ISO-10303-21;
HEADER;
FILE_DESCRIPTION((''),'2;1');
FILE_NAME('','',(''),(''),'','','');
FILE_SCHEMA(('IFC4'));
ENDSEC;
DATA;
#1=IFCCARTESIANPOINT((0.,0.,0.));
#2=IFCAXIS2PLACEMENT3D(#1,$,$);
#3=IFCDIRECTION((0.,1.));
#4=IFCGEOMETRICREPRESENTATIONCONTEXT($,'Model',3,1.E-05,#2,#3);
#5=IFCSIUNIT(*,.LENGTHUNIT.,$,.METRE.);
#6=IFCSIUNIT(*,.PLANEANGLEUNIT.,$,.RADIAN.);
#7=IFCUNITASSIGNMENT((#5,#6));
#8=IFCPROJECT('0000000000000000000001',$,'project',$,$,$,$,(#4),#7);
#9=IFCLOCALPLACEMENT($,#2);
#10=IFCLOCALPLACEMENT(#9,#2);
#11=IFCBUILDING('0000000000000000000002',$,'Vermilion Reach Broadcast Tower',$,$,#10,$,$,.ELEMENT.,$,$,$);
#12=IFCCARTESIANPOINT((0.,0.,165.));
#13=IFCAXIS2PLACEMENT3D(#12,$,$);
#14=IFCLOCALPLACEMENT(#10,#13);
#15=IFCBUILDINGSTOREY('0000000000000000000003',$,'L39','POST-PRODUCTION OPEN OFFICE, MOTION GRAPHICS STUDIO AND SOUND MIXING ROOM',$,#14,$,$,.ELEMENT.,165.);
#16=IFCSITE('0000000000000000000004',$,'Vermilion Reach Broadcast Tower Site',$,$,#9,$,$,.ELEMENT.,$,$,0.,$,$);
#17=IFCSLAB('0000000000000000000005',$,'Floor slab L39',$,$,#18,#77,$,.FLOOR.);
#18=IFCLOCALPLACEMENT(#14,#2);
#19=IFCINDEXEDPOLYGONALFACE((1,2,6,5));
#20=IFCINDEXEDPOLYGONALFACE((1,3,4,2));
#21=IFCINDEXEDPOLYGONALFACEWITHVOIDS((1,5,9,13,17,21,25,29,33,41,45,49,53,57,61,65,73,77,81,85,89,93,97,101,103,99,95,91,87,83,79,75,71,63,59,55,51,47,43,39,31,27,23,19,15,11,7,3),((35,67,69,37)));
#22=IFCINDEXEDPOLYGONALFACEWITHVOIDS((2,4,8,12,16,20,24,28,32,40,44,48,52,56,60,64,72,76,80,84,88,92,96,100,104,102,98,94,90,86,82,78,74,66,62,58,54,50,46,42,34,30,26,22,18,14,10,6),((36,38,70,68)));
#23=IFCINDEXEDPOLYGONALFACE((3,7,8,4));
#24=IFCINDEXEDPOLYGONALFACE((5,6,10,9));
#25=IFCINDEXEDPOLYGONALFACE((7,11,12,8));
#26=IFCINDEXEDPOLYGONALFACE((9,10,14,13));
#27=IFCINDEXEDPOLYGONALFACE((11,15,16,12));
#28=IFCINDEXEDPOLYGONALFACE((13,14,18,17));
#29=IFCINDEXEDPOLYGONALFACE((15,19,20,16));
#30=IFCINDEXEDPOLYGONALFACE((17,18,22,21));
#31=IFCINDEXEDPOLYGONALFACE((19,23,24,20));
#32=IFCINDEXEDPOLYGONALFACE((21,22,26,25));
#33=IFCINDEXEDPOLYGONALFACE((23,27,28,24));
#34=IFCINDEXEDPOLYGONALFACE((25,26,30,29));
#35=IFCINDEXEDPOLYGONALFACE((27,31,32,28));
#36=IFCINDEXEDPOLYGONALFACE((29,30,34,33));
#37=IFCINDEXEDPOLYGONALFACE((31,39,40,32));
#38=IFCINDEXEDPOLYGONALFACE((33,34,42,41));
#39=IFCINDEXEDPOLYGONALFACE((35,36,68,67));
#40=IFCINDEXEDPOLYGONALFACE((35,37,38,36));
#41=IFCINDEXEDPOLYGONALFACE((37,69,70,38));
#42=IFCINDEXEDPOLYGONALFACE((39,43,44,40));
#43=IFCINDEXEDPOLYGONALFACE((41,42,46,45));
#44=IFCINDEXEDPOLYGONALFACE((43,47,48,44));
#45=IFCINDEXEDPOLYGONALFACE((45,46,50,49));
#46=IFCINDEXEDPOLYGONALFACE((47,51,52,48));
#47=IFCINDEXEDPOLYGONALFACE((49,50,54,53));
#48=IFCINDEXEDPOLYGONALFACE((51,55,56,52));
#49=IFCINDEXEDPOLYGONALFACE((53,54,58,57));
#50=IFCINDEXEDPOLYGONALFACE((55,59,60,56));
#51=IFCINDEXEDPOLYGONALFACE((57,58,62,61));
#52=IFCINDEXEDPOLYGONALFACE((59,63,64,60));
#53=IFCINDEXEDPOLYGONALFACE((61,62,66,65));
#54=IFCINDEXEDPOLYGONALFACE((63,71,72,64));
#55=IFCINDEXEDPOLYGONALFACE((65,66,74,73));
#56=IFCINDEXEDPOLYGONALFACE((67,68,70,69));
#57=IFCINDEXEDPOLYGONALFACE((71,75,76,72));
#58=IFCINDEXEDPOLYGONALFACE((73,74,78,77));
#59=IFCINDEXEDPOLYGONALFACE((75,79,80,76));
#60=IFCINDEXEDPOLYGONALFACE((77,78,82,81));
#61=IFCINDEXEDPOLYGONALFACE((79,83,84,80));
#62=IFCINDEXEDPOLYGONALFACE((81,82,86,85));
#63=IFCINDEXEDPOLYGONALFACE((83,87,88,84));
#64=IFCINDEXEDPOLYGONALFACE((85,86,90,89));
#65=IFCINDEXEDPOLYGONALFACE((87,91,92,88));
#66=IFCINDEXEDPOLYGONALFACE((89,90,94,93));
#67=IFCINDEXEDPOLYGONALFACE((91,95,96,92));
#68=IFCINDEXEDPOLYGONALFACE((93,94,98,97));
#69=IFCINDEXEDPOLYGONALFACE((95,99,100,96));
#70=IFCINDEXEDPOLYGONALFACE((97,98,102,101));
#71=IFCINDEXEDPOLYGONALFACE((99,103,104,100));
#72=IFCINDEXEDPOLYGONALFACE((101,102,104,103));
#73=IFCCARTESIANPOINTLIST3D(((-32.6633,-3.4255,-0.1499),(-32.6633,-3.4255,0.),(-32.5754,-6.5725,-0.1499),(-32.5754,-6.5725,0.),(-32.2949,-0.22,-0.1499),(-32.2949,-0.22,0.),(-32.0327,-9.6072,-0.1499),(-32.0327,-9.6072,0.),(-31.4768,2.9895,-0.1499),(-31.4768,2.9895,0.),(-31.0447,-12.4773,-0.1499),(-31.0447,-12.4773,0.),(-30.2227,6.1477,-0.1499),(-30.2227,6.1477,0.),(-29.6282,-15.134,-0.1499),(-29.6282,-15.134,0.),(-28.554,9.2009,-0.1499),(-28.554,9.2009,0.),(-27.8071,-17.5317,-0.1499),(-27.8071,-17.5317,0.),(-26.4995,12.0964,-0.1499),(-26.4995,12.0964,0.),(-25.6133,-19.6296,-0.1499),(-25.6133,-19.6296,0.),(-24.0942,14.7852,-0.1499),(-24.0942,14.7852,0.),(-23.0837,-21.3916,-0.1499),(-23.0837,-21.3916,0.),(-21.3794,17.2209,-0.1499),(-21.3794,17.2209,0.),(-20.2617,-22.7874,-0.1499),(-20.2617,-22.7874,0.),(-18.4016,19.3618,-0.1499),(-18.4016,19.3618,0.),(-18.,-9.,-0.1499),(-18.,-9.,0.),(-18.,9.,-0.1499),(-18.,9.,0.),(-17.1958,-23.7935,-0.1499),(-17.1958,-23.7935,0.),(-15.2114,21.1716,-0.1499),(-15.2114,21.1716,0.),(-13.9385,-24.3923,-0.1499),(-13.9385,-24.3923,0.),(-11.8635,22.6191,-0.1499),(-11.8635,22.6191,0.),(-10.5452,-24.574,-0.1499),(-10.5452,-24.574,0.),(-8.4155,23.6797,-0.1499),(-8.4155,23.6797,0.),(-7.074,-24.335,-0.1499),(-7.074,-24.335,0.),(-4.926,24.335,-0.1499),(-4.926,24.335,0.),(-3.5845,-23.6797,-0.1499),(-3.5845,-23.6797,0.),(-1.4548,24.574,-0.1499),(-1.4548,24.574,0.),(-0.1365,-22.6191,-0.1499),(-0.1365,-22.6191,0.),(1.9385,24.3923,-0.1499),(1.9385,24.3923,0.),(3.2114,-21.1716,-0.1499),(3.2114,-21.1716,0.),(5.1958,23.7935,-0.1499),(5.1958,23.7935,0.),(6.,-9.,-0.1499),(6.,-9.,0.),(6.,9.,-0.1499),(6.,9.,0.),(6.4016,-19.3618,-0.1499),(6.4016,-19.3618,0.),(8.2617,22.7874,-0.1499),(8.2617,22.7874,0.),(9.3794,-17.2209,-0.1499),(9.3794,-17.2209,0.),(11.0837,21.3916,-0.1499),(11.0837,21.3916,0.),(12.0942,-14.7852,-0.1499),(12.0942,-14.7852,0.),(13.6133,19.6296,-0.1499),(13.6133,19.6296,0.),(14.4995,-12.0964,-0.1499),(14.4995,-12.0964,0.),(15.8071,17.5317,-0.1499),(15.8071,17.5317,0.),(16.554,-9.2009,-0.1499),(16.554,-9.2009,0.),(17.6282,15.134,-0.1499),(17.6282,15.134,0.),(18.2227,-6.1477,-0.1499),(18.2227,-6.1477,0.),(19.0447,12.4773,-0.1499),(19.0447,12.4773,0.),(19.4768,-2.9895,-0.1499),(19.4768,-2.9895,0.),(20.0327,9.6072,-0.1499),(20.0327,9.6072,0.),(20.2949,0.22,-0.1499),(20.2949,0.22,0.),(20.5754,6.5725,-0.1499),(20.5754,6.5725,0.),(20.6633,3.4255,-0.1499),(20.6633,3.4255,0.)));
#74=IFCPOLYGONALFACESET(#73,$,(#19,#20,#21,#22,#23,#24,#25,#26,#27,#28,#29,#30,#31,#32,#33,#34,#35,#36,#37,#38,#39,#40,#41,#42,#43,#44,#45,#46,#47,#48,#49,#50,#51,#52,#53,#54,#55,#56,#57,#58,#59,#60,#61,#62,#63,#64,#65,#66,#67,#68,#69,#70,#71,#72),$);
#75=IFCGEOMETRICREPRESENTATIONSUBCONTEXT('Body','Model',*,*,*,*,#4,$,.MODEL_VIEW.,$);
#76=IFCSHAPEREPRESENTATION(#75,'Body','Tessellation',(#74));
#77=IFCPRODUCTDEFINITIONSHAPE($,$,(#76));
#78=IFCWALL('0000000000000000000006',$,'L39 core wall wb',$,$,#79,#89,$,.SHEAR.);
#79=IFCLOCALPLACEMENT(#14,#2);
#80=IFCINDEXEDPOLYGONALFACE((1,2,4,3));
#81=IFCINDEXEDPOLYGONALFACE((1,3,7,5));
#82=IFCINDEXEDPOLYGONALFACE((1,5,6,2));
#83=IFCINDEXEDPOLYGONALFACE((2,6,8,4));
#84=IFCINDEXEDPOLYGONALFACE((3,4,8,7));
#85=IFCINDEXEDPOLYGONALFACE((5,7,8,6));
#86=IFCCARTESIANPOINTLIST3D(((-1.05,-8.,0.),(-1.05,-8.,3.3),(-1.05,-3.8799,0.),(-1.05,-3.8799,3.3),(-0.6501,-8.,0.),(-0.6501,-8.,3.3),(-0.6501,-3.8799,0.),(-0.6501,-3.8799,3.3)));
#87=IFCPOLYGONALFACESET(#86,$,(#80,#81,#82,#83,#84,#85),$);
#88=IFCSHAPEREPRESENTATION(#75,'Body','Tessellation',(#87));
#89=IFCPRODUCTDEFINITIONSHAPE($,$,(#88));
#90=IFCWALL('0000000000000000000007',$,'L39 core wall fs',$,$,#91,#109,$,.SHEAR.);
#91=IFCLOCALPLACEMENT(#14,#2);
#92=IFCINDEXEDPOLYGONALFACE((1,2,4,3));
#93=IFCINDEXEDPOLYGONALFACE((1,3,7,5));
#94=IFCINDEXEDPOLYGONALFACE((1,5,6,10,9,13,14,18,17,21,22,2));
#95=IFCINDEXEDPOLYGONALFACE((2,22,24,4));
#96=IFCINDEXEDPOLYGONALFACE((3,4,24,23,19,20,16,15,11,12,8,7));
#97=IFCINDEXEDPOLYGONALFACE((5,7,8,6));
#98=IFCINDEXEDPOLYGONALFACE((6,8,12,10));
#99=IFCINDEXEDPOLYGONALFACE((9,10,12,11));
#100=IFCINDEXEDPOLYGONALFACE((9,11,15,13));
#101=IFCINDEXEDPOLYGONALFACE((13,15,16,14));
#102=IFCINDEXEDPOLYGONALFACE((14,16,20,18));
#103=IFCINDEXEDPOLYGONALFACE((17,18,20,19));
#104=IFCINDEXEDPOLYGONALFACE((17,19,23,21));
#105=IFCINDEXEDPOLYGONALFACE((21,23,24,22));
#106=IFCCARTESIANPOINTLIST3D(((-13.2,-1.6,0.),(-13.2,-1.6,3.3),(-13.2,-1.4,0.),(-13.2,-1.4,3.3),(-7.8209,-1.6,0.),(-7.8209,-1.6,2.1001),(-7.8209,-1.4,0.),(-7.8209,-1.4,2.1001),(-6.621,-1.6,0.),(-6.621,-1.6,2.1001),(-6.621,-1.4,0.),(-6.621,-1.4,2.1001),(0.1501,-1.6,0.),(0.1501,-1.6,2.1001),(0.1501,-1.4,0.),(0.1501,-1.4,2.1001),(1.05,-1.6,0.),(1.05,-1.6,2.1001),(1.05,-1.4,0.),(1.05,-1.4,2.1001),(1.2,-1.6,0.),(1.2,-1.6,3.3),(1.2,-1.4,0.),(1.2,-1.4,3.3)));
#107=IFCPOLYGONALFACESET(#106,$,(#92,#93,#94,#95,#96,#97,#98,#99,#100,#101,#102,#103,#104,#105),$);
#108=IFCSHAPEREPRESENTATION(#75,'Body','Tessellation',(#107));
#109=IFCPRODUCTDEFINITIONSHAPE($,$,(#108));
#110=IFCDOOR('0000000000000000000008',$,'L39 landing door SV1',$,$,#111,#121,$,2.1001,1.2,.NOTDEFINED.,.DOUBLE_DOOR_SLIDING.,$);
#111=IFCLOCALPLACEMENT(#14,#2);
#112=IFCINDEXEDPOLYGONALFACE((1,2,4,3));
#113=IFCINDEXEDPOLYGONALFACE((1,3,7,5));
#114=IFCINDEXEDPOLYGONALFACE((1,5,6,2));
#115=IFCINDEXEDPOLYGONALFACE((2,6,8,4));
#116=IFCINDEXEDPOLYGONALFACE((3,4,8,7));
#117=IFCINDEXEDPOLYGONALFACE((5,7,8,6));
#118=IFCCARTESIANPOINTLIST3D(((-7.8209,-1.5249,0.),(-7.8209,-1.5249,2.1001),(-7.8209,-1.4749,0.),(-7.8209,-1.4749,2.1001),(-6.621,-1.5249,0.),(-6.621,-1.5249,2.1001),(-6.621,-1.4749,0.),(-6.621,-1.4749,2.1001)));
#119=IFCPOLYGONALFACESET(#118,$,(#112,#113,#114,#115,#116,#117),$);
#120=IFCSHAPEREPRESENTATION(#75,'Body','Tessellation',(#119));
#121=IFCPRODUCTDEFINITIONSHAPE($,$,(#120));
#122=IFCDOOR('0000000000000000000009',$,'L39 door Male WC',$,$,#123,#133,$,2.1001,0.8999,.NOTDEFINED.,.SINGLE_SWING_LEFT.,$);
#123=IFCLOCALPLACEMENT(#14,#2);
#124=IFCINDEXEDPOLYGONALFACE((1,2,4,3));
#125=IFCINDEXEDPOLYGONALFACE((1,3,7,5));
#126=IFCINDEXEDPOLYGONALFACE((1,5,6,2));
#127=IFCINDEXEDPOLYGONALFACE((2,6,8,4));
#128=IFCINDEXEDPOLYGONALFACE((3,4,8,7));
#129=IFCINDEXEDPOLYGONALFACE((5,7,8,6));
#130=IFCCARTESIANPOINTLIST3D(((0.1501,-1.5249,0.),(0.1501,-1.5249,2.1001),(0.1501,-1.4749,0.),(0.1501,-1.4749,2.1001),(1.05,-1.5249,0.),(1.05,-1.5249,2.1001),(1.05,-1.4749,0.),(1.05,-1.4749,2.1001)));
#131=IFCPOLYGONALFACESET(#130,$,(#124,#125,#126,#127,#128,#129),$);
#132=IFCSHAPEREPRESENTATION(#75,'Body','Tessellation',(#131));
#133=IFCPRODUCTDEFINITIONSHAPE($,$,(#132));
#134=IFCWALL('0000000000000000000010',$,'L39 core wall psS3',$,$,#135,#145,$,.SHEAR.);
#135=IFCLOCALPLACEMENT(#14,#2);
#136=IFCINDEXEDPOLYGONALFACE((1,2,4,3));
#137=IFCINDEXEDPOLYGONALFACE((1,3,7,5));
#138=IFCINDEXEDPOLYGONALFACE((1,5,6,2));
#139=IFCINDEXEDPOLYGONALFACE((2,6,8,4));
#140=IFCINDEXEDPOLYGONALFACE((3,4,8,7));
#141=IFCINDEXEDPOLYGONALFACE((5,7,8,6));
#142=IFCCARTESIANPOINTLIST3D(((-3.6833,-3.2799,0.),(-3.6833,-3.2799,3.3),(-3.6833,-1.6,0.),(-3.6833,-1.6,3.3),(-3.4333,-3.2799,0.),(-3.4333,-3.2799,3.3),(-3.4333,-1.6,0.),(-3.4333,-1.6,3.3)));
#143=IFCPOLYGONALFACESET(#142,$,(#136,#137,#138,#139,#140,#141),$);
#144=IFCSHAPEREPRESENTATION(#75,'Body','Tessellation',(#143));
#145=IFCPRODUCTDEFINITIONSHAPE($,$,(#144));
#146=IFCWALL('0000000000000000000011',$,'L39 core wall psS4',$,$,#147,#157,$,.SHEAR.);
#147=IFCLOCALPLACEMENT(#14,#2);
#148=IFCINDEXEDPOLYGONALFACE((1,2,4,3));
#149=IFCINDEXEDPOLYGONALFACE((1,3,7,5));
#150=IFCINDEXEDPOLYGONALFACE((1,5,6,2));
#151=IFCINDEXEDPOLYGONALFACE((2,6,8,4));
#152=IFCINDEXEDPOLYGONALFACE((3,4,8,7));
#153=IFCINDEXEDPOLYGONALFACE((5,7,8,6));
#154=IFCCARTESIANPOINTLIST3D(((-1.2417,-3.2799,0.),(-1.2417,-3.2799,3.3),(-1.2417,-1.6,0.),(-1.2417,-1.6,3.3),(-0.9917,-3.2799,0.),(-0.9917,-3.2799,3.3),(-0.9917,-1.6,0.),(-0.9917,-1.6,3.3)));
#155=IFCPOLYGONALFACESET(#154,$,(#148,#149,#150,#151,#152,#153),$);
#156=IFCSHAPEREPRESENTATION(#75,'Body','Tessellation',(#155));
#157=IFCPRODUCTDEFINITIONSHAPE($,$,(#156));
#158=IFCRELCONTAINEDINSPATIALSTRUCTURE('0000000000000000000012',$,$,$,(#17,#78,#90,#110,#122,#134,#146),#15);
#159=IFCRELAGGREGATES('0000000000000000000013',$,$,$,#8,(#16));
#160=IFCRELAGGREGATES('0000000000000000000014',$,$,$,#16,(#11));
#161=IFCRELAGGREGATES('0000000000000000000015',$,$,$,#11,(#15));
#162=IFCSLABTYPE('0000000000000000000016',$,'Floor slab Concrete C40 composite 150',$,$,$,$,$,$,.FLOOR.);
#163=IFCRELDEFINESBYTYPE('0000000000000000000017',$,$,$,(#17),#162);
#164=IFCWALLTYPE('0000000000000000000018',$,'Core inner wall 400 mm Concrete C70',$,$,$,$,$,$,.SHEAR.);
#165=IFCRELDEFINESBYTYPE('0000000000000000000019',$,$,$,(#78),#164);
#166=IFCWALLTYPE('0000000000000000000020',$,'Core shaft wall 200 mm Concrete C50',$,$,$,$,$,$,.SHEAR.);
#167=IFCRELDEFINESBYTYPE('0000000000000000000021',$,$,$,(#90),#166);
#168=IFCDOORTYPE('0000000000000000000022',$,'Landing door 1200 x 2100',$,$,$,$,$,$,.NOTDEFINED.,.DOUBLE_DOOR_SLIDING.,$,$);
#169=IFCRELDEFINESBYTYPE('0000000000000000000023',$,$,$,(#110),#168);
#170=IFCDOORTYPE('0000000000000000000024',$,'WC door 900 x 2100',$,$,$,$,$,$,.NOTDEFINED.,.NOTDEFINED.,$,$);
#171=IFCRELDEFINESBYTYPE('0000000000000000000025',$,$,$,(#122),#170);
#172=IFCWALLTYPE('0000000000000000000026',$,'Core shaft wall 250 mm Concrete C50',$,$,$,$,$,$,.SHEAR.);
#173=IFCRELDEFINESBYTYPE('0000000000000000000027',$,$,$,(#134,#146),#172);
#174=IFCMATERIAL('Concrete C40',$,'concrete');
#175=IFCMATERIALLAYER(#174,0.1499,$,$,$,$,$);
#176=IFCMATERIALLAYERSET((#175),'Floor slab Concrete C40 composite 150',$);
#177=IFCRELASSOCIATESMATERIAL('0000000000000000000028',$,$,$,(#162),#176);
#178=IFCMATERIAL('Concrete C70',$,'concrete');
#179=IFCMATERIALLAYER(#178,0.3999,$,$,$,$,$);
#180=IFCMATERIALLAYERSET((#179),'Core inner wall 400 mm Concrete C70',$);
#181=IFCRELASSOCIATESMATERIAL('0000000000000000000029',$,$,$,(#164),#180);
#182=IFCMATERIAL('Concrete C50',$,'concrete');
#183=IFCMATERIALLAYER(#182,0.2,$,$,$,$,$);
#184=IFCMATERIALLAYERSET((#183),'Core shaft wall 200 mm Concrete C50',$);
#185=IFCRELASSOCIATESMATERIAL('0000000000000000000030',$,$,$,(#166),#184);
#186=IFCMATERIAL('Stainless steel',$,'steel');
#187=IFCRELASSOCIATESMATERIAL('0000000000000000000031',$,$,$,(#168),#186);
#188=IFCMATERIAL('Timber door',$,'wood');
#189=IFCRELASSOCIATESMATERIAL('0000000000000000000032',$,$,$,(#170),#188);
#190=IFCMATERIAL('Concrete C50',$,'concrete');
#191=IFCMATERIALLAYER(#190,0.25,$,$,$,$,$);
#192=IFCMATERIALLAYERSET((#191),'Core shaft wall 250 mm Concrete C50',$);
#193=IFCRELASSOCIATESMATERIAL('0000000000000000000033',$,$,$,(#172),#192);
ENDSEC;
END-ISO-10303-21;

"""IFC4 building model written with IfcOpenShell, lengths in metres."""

from ifc_helpers import new_model, si_unit, direction, frame, frame_2d, origin, place, context, subcontext, project, spatial, polyline, rectangle, outline, extrude, material, layer, layer_set, type_object, element, fill, save


model = new_model("IFC4")

# Units and contexts
model_context = context("Model", 3, precision=1e-05, world=origin(), true_north=direction((0.0, 1.0)))
body_context = subcontext(model_context, "Body", "Model", "MODEL_VIEW")
ifc_project = project(units=[si_unit("LENGTHUNIT", "METRE"), si_unit("PLANEANGLEUNIT", "RADIAN")], contexts=[model_context])

# Site, building, storey
site_placement = place(None, origin())
site = spatial("IfcSite", under=ifc_project, at=site_placement, Name="Vermilion Reach Broadcast Tower Site", CompositionType="ELEMENT", RefElevation=0.0)
building_placement = place(site_placement, origin())
building = spatial("IfcBuilding", under=site, at=building_placement, Name="Vermilion Reach Broadcast Tower", CompositionType="ELEMENT")
storey_placement = place(building_placement, frame((0.0, 0.0, 165.0)))
storey = spatial("IfcBuildingStorey", under=building, at=storey_placement, Name="L39", Description="POST-PRODUCTION OPEN OFFICE, MOTION GRAPHICS STUDIO AND SOUND MIXING ROOM", CompositionType="ELEMENT", Elevation=165.0)

# Slab
ifc_material_1 = material(Name="Concrete C40", Category="concrete")
ifc_layer_1 = layer(ifc_material_1, 0.1499)
ifc_layer_set_1 = layer_set([ifc_layer_1], Name="Floor slab Concrete C40 composite 150")
slab_type_1 = type_object("IfcSlabType", Name="Floor slab Concrete C40 composite 150", PredefinedType="FLOOR", material=ifc_layer_set_1)
slab_1_placement = place(storey_placement, frame((0.0, 0.0, -0.1499)))
element("IfcSlab", 1, at=slab_1_placement, inside=storey, type_object=slab_type_1, Name="Floor slab L39", PredefinedType="FLOOR", context=body_context, shape_type="SweptSolid", body=[
    extrude(outline(polyline([(17.6282, 15.134), (15.8071, 17.5317), (13.6133, 19.6296), (11.0837, 21.3916), (8.2617, 22.7874), (5.1958, 23.7935), (1.9385, 24.3923), (-1.4548, 24.574), (-4.926, 24.335), (-8.4155, 23.6797), (-11.8635, 22.6191), (-15.2114, 21.1716), (-18.4016, 19.3618), (-21.3794, 17.2209), (-24.0942, 14.7852), (-26.4995, 12.0964), (-28.554, 9.2009), (-30.2227, 6.1477), (-31.4768, 2.9895), (-32.2949, -0.22), (-32.6633, -3.4255), (-32.5754, -6.5725), (-32.0327, -9.6072), (-31.0447, -12.4773), (-29.6282, -15.134), (-27.8071, -17.5317), (-25.6133, -19.6296), (-23.0837, -21.3916), (-20.2617, -22.7874), (-17.1958, -23.7935), (-13.9385, -24.3923), (-10.5452, -24.574), (-7.074, -24.335), (-3.5845, -23.6797), (-0.1365, -22.6191), (3.2114, -21.1716), (6.4016, -19.3618), (9.3794, -17.2209), (12.0942, -14.7852), (14.4995, -12.0964), (16.554, -9.2009), (18.2227, -6.1477), (19.4768, -2.9895), (20.2949, 0.22), (20.6633, 3.4255), (20.5754, 6.5725), (20.0327, 9.6072), (19.0447, 12.4773), (17.6282, 15.134)]), holes=[polyline([(-18.0, -9.0), (6.0, -9.0), (6.0, 9.0), (-18.0, 9.0), (-18.0, -9.0)])]), origin(), (0.0, 0.0, 1.0), 0.1499),
])

# Wall
ifc_material_2 = material(Name="Concrete C70", Category="concrete")
ifc_layer_2 = layer(ifc_material_2, 0.3999)
ifc_layer_set_2 = layer_set([ifc_layer_2], Name="Core inner wall 400 mm Concrete C70")
wall_type_1 = type_object("IfcWallType", Name="Core inner wall 400 mm Concrete C70", PredefinedType="SHEAR", material=ifc_layer_set_2)
wall_1_placement = place(storey_placement, frame((-0.8501, -3.8799, 0.0), z_axis=(0.0, 0.0, 1.0), x_axis=(0.0, -1.0, 0.0)))
element("IfcWall", 2, at=wall_1_placement, inside=storey, type_object=wall_type_1, Name="L39 core wall wb", PredefinedType="SHEAR", context=body_context, shape_type="SweptSolid", body=[
    extrude(rectangle(XDim=4.1201, YDim=0.3999, at=frame_2d((2.0601, 0.0))), origin(), (0.0, 0.0, 1.0), 3.3),
])

# Wall, openings, doors
ifc_material_3 = material(Name="Concrete C50", Category="concrete")
ifc_layer_3 = layer(ifc_material_3, 0.2)
ifc_layer_set_3 = layer_set([ifc_layer_3], Name="Core shaft wall 200 mm Concrete C50")
wall_type_2 = type_object("IfcWallType", Name="Core shaft wall 200 mm Concrete C50", PredefinedType="SHEAR", material=ifc_layer_set_3)
wall_2_placement = place(storey_placement, frame((1.2, -1.5, 0.0), z_axis=(0.0, 0.0, 1.0), x_axis=(-1.0, 0.0, 0.0)))
wall_2 = element("IfcWall", 3, at=wall_2_placement, inside=storey, type_object=wall_type_2, Name="L39 core wall fs", PredefinedType="SHEAR", context=body_context, shape_type="SweptSolid", body=[
    extrude(rectangle(XDim=14.3999, YDim=0.2, at=frame_2d((7.2, 0.0))), origin(), (0.0, 0.0, 1.0), 3.3),
])
opening_1_placement = place(wall_2_placement, frame((7.8208, 0.0, 0.0)))
opening_1 = element("IfcOpeningElement", 4, at=opening_1_placement, cuts=wall_2, PredefinedType="OPENING", context=body_context, shape_type="SweptSolid", body=[
    extrude(rectangle(XDim=1.2, YDim=2.1001, at=frame_2d((0.6001, 1.05))), frame((0.0, 0.1099, 0.0), z_axis=(0.0, -1.0, 0.0), x_axis=(1.0, 0.0, 0.0)), (0.0, 0.0, 1.0), 0.22),
])
opening_2_placement = place(wall_2_placement, frame((0.1499, 0.0, 0.0)))
opening_2 = element("IfcOpeningElement", 5, at=opening_2_placement, cuts=wall_2, PredefinedType="OPENING", context=body_context, shape_type="SweptSolid", body=[
    extrude(rectangle(XDim=0.8999, YDim=2.1001, at=frame_2d((0.45, 1.05))), frame((0.0, 0.1099, 0.0), z_axis=(0.0, -1.0, 0.0), x_axis=(1.0, 0.0, 0.0)), (0.0, 0.0, 1.0), 0.22),
])
ifc_material_4 = material(Name="Stainless steel", Category="steel")
door_type_1 = type_object("IfcDoorType", Name="Landing door 1200 x 2100", OperationType="DOUBLE_DOOR_SLIDING", PredefinedType="NOTDEFINED", material=ifc_material_4)
door_1_placement = place(opening_1_placement, origin())
door_1 = element("IfcDoor", 6, at=door_1_placement, inside=storey, type_object=door_type_1, Name="L39 landing door SV1", OperationType="DOUBLE_DOOR_SLIDING", OverallHeight=2.1001, OverallWidth=1.2, PredefinedType="NOTDEFINED", context=body_context, shape_type="SweptSolid", body=[
    extrude(rectangle(XDim=1.2, YDim=2.1001, at=frame_2d((0.6001, 1.05))), frame((0.0, 0.0249, 0.0), z_axis=(0.0, -1.0, 0.0), x_axis=(1.0, 0.0, 0.0)), (0.0, 0.0, 1.0), 0.05),
])
fill(opening_1, door_1)
ifc_material_5 = material(Name="Timber door", Category="wood")
door_type_2 = type_object("IfcDoorType", Name="WC door 900 x 2100", OperationType="NOTDEFINED", PredefinedType="NOTDEFINED", material=ifc_material_5)
door_2_placement = place(opening_2_placement, origin())
door_2 = element("IfcDoor", 7, at=door_2_placement, inside=storey, type_object=door_type_2, Name="L39 door Male WC", OperationType="SINGLE_SWING_LEFT", OverallHeight=2.1001, OverallWidth=0.8999, PredefinedType="NOTDEFINED", context=body_context, shape_type="SweptSolid", body=[
    extrude(rectangle(XDim=0.8999, YDim=2.1001, at=frame_2d((0.45, 1.05))), frame((0.0, 0.0249, 0.0), z_axis=(0.0, -1.0, 0.0), x_axis=(1.0, 0.0, 0.0)), (0.0, 0.0, 1.0), 0.05),
])
fill(opening_2, door_2)

# Walls
ifc_material_6 = material(Name="Concrete C50", Category="concrete")
ifc_layer_4 = layer(ifc_material_6, 0.25)
ifc_layer_set_4 = layer_set([ifc_layer_4], Name="Core shaft wall 250 mm Concrete C50")
wall_type_3 = type_object("IfcWallType", Name="Core shaft wall 250 mm Concrete C50", PredefinedType="SHEAR", material=ifc_layer_set_4)
for number, where, z_axis, x_axis, name in (
    (8, (-3.5583, -1.6001, 0.0), (0.0, 0.0, 1.0), (0.0, -1.0, 0.0), "L39 core wall psS3"),
    (9, (-1.1167, -1.6001, 0.0), (0.0, 0.0, 1.0), (0.0, -1.0, 0.0), "L39 core wall psS4"),
):
    element("IfcWall", number, at=place(storey_placement, frame(where, z_axis=z_axis, x_axis=x_axis)), inside=storey, type_object=wall_type_3, Name=name, PredefinedType="SHEAR", context=body_context, shape_type="SweptSolid", body=[
        extrude(rectangle(XDim=1.6799, YDim=0.25, at=frame_2d((0.8398, 0.0))), origin(), (0.0, 0.0, 1.0), 3.3),
    ])

save(model, "model.ifc")
